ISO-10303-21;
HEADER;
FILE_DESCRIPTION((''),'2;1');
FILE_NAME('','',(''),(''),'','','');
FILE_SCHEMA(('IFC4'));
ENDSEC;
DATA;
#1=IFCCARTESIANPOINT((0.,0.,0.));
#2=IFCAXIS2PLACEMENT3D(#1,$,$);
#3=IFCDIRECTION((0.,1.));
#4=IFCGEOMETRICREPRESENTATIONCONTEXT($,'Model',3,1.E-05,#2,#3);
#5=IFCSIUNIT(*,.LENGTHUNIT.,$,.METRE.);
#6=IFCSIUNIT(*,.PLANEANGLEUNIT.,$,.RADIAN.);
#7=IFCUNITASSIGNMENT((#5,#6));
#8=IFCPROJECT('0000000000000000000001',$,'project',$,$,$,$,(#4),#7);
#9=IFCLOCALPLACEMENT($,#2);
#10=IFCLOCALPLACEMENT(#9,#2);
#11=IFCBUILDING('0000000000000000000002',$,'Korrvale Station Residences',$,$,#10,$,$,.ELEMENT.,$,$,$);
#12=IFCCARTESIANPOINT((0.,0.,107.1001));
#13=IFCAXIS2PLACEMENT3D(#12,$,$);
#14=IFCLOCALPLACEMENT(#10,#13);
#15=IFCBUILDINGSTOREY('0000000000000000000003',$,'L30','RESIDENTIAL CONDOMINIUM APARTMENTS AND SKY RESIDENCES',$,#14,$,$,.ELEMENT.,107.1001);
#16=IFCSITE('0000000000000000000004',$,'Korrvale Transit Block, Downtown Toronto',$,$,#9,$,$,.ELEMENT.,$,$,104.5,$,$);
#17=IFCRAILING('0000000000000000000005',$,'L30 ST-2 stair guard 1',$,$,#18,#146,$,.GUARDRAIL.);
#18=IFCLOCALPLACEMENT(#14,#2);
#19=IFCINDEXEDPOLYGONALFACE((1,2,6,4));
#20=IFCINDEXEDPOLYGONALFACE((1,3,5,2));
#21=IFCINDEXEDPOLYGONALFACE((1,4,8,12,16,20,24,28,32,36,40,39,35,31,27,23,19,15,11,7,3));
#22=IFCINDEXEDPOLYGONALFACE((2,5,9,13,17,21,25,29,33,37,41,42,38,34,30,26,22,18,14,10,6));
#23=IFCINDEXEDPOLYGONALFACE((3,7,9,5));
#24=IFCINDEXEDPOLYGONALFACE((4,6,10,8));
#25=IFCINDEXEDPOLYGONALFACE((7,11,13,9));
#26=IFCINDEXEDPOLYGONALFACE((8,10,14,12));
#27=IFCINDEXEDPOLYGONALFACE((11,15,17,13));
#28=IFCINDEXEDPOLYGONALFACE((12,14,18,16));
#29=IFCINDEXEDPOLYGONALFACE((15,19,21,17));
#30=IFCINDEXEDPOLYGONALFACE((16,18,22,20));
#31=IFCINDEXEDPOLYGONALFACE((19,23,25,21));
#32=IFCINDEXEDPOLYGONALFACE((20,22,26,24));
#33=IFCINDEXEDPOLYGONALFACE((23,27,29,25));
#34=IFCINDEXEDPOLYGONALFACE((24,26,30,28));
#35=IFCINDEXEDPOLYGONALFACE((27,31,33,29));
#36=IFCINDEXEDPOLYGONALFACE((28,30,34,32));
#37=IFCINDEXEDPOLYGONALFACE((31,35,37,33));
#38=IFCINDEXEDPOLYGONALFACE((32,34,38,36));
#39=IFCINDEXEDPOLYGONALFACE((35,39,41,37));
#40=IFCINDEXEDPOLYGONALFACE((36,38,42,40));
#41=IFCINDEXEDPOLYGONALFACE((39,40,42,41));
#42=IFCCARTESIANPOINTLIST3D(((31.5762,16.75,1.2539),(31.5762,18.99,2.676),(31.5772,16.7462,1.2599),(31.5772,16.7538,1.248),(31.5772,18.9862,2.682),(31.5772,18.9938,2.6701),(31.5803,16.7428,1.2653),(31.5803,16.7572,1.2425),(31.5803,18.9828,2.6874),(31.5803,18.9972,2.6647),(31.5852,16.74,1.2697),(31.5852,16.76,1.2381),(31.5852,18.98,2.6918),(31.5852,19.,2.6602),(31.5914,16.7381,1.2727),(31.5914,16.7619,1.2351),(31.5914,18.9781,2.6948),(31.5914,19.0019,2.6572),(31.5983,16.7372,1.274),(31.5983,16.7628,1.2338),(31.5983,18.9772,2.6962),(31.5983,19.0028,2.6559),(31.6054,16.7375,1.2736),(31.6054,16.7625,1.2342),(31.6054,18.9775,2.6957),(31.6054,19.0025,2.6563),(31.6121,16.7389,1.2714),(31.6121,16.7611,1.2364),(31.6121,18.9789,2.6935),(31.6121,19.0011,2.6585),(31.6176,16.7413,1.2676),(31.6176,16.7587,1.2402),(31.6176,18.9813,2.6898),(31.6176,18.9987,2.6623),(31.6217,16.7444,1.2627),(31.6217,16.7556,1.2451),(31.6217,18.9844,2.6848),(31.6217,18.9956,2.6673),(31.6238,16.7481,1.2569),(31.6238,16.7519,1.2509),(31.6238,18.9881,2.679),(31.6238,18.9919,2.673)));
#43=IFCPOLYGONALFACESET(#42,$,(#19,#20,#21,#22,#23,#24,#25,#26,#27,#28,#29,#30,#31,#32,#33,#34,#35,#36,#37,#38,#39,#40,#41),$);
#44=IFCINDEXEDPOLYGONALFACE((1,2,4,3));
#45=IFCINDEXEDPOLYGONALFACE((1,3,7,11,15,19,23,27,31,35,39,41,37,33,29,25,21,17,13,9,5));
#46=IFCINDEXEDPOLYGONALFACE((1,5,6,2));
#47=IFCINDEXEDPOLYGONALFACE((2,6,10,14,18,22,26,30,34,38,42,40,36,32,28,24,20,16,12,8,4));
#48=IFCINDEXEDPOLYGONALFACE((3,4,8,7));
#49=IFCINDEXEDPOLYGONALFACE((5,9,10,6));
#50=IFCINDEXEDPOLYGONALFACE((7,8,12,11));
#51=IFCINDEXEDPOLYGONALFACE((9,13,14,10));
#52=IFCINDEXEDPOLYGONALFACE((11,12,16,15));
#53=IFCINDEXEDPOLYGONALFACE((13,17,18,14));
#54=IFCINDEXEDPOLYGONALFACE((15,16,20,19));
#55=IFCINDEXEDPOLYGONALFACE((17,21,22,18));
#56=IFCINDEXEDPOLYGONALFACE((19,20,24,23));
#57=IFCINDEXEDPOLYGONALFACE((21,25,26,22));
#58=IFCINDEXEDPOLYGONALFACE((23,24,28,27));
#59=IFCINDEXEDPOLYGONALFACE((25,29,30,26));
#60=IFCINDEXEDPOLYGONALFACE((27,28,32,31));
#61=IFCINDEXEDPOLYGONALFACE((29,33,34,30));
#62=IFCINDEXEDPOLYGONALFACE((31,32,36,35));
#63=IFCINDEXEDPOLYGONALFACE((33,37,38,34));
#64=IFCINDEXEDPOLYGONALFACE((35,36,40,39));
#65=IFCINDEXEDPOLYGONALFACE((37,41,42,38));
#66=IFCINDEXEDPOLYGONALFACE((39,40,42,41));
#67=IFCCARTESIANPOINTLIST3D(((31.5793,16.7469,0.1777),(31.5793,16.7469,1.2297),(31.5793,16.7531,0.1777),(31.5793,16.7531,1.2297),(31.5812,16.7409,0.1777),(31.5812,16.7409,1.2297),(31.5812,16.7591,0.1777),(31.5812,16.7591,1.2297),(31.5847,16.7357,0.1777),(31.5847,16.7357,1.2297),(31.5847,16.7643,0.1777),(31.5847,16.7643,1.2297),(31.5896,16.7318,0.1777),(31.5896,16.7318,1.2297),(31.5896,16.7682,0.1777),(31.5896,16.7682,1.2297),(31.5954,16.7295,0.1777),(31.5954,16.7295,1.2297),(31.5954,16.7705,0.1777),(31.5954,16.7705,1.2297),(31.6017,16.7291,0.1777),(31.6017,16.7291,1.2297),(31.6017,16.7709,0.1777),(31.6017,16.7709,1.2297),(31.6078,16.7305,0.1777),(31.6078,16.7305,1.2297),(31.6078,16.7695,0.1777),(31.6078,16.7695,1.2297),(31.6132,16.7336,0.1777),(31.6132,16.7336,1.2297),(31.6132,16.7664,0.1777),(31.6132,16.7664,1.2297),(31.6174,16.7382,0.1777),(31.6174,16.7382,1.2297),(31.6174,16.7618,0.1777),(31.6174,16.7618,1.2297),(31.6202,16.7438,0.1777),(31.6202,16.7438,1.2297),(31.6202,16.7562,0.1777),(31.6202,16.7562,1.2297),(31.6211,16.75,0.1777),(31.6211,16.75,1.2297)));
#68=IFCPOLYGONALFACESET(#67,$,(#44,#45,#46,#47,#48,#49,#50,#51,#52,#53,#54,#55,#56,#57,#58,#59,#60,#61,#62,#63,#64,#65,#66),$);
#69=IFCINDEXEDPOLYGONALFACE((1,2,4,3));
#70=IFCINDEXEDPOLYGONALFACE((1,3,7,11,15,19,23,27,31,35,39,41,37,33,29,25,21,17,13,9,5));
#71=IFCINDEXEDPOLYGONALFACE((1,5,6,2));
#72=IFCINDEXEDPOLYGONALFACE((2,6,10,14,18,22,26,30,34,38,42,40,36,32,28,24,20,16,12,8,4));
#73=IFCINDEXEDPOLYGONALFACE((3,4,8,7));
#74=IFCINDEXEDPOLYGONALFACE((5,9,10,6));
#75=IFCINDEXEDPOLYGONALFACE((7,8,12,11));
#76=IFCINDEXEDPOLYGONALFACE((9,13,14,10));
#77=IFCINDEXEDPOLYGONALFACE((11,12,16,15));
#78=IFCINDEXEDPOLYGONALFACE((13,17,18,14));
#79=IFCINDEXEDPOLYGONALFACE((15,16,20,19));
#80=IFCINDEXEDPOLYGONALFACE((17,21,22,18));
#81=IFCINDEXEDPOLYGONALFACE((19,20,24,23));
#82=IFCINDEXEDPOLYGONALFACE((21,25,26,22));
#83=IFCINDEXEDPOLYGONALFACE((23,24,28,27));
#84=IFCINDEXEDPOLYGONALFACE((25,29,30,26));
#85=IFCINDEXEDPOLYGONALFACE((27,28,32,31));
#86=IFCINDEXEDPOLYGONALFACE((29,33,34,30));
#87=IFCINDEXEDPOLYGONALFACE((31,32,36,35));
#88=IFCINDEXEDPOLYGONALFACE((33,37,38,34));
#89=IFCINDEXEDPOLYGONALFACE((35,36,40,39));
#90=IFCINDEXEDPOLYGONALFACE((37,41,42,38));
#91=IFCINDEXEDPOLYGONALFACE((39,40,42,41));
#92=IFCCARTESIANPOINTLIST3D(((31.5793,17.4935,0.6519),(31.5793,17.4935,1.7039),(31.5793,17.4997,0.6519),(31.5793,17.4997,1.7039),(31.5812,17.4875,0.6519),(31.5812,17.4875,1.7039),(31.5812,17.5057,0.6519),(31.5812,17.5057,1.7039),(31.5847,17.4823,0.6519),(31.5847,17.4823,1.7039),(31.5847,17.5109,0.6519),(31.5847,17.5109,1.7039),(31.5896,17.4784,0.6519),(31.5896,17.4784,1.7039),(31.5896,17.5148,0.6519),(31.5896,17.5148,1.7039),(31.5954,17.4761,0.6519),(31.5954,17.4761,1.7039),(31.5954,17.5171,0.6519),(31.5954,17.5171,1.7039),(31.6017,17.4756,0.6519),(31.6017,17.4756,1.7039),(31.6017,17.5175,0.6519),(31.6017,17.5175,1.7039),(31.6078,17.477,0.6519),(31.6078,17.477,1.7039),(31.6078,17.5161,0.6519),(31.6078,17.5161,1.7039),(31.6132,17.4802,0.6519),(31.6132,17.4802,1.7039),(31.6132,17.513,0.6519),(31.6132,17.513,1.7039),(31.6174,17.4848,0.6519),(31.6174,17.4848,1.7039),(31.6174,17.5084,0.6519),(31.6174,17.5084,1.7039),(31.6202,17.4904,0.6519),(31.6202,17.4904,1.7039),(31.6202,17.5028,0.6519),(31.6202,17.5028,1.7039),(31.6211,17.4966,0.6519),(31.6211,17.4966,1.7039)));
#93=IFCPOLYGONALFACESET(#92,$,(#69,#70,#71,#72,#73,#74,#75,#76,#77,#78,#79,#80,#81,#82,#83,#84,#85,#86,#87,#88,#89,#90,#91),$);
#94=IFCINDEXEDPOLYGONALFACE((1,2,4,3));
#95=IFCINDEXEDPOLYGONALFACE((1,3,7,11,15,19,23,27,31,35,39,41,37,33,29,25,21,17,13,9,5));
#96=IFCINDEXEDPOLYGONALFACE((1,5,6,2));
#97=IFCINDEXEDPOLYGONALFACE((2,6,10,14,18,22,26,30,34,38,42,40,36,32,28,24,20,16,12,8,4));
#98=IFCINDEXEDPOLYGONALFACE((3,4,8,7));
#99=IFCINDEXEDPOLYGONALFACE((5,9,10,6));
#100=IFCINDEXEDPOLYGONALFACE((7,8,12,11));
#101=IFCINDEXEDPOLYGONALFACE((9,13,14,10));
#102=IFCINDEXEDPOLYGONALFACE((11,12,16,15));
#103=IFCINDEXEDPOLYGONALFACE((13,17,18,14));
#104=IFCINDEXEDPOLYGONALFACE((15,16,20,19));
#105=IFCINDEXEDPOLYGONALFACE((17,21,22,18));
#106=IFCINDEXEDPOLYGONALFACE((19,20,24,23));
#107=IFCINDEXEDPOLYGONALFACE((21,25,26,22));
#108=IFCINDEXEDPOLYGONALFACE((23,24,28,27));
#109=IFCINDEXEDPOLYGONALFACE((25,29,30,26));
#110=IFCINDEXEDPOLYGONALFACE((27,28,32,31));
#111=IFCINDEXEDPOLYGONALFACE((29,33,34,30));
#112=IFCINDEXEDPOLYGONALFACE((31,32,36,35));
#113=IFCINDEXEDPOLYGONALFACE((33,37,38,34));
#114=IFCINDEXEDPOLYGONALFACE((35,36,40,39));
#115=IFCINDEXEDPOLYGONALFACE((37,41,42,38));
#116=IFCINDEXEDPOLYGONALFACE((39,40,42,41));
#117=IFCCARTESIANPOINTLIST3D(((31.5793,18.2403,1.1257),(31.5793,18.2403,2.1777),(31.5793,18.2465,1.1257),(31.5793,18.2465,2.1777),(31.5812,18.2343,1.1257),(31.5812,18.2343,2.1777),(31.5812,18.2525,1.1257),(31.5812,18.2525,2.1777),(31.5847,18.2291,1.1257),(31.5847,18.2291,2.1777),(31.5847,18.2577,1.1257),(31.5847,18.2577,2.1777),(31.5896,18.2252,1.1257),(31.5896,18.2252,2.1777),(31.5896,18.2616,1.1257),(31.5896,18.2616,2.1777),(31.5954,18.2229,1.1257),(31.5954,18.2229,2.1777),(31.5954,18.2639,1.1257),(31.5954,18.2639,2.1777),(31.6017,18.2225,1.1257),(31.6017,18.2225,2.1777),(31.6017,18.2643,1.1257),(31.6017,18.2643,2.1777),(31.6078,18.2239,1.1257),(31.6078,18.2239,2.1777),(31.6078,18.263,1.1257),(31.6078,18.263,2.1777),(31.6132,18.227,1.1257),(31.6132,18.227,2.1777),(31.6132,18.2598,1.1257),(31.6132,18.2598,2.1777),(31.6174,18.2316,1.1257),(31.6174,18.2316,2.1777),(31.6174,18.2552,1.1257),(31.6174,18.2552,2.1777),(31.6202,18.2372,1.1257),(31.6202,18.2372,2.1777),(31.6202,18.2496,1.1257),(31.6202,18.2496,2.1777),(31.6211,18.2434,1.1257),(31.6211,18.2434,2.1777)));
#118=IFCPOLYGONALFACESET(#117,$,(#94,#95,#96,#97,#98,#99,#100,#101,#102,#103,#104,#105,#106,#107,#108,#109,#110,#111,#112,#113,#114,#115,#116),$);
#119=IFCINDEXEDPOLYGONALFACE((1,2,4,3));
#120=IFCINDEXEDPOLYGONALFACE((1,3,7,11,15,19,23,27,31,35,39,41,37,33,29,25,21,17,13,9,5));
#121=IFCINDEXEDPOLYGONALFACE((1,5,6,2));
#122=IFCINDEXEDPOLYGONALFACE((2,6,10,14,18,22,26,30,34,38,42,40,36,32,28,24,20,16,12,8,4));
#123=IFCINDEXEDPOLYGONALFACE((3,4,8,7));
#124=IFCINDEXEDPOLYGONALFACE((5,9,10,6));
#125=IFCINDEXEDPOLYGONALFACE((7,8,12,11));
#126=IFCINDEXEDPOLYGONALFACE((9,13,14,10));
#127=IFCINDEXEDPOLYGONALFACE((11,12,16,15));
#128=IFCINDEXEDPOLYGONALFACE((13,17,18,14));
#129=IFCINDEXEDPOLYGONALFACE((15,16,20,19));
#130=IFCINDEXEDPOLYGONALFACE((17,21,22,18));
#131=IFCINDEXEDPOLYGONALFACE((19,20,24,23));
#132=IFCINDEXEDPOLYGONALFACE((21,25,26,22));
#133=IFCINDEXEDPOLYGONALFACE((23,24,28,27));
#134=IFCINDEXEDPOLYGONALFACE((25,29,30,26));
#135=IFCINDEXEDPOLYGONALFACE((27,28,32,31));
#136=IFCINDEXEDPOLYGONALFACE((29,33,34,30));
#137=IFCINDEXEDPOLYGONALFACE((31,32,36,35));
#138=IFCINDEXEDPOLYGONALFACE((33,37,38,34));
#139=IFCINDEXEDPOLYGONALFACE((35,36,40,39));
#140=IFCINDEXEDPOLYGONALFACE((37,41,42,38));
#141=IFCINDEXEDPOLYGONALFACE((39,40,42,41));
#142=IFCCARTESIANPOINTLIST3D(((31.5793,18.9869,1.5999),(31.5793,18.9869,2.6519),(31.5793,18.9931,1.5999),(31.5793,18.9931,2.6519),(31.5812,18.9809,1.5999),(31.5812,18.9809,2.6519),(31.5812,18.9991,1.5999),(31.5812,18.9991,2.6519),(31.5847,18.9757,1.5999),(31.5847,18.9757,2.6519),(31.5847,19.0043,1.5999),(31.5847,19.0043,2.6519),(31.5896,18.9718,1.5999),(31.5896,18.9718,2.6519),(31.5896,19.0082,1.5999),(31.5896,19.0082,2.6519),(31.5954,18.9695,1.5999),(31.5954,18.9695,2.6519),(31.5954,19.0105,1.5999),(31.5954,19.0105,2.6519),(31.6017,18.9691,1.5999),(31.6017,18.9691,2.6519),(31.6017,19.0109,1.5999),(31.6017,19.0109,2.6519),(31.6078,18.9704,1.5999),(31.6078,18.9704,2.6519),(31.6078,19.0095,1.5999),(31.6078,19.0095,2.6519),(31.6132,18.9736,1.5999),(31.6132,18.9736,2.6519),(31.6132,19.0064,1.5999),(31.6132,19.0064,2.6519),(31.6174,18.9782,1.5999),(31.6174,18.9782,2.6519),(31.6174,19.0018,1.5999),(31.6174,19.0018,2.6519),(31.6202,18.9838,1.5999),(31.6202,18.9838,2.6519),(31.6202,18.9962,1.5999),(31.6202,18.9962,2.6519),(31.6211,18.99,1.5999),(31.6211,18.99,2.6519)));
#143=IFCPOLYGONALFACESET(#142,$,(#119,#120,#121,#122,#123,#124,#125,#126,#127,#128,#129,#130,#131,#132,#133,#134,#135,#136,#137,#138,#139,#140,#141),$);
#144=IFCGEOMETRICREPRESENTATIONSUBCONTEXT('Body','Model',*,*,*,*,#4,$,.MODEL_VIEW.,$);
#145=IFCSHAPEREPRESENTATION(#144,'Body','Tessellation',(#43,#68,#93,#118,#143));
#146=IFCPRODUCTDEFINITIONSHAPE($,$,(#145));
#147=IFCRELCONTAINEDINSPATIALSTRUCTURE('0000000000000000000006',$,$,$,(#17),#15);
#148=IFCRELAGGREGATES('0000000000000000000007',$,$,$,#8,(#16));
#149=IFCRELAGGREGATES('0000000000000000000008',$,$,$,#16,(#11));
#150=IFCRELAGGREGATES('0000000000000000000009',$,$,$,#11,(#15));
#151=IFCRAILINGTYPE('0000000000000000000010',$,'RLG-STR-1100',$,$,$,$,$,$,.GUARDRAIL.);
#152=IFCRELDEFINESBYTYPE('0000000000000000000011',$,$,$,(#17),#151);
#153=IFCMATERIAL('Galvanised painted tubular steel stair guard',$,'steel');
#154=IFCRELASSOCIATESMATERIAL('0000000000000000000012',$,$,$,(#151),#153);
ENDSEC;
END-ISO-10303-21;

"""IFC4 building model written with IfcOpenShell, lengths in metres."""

from ifc_helpers import new_model, si_unit, direction, frame, origin, origin_2d, place, context, subcontext, project, spatial, circle, extrude, material, type_object, element, save


model = new_model("IFC4")

# Units and contexts
model_context = context("Model", 3, precision=1e-05, world=origin(), true_north=direction((0.0, 1.0)))
body_context = subcontext(model_context, "Body", "Model", "MODEL_VIEW")
ifc_project = project(units=[si_unit("LENGTHUNIT", "METRE"), si_unit("PLANEANGLEUNIT", "RADIAN")], contexts=[model_context])

# Site, building, storey
site_placement = place(None, origin())
site = spatial("IfcSite", under=ifc_project, at=site_placement, Name="Korrvale Transit Block, Downtown Toronto", CompositionType="ELEMENT", RefElevation=104.5)
building_placement = place(site_placement, origin())
building = spatial("IfcBuilding", under=site, at=building_placement, Name="Korrvale Station Residences", CompositionType="ELEMENT")
storey_placement = place(building_placement, frame((0.0, 0.0, 107.1001)))
storey = spatial("IfcBuildingStorey", under=building, at=storey_placement, Name="L30", Description="RESIDENTIAL CONDOMINIUM APARTMENTS AND SKY RESIDENCES", CompositionType="ELEMENT", Elevation=107.1001)

# Railing
ifc_material_1 = material(Name="Galvanised painted tubular steel stair guard", Category="steel")
railing_type_1 = type_object("IfcRailingType", Name="RLG-STR-1100", PredefinedType="GUARDRAIL", material=ifc_material_1)
railing_1_placement = place(storey_placement, frame((31.6001, 16.75, 0.1777)))
element("IfcRailing", 1, at=railing_1_placement, inside=storey, type_object=railing_type_1, Name="L30 ST-2 stair guard 1", PredefinedType="GUARDRAIL", context=body_context, shape_type="SweptSolid", body=[
    extrude(circle(Radius=0.0239, at=origin_2d()), frame((0.0, 0.0, 1.0762), z_axis=(0.0, 0.844229, 0.535982), x_axis=(-1.0, 0.0, 0.0)), (0.0, 0.0, 1.0), 2.6533),
    extrude(circle(Radius=0.021, at=origin_2d()), origin(), (0.0, 0.0, 1.0), 1.052),
    extrude(circle(Radius=0.021, at=origin_2d()), frame((0.0, 0.7466, 0.4741)), (0.0, 0.0, 1.0), 1.052),
    extrude(circle(Radius=0.021, at=origin_2d()), frame((0.0, 1.4934, 0.948)), (0.0, 0.0, 1.0), 1.052),
    extrude(circle(Radius=0.021, at=origin_2d()), frame((0.0, 2.24, 1.4221)), (0.0, 0.0, 1.0), 1.052),
])

save(model, "model.ifc")
